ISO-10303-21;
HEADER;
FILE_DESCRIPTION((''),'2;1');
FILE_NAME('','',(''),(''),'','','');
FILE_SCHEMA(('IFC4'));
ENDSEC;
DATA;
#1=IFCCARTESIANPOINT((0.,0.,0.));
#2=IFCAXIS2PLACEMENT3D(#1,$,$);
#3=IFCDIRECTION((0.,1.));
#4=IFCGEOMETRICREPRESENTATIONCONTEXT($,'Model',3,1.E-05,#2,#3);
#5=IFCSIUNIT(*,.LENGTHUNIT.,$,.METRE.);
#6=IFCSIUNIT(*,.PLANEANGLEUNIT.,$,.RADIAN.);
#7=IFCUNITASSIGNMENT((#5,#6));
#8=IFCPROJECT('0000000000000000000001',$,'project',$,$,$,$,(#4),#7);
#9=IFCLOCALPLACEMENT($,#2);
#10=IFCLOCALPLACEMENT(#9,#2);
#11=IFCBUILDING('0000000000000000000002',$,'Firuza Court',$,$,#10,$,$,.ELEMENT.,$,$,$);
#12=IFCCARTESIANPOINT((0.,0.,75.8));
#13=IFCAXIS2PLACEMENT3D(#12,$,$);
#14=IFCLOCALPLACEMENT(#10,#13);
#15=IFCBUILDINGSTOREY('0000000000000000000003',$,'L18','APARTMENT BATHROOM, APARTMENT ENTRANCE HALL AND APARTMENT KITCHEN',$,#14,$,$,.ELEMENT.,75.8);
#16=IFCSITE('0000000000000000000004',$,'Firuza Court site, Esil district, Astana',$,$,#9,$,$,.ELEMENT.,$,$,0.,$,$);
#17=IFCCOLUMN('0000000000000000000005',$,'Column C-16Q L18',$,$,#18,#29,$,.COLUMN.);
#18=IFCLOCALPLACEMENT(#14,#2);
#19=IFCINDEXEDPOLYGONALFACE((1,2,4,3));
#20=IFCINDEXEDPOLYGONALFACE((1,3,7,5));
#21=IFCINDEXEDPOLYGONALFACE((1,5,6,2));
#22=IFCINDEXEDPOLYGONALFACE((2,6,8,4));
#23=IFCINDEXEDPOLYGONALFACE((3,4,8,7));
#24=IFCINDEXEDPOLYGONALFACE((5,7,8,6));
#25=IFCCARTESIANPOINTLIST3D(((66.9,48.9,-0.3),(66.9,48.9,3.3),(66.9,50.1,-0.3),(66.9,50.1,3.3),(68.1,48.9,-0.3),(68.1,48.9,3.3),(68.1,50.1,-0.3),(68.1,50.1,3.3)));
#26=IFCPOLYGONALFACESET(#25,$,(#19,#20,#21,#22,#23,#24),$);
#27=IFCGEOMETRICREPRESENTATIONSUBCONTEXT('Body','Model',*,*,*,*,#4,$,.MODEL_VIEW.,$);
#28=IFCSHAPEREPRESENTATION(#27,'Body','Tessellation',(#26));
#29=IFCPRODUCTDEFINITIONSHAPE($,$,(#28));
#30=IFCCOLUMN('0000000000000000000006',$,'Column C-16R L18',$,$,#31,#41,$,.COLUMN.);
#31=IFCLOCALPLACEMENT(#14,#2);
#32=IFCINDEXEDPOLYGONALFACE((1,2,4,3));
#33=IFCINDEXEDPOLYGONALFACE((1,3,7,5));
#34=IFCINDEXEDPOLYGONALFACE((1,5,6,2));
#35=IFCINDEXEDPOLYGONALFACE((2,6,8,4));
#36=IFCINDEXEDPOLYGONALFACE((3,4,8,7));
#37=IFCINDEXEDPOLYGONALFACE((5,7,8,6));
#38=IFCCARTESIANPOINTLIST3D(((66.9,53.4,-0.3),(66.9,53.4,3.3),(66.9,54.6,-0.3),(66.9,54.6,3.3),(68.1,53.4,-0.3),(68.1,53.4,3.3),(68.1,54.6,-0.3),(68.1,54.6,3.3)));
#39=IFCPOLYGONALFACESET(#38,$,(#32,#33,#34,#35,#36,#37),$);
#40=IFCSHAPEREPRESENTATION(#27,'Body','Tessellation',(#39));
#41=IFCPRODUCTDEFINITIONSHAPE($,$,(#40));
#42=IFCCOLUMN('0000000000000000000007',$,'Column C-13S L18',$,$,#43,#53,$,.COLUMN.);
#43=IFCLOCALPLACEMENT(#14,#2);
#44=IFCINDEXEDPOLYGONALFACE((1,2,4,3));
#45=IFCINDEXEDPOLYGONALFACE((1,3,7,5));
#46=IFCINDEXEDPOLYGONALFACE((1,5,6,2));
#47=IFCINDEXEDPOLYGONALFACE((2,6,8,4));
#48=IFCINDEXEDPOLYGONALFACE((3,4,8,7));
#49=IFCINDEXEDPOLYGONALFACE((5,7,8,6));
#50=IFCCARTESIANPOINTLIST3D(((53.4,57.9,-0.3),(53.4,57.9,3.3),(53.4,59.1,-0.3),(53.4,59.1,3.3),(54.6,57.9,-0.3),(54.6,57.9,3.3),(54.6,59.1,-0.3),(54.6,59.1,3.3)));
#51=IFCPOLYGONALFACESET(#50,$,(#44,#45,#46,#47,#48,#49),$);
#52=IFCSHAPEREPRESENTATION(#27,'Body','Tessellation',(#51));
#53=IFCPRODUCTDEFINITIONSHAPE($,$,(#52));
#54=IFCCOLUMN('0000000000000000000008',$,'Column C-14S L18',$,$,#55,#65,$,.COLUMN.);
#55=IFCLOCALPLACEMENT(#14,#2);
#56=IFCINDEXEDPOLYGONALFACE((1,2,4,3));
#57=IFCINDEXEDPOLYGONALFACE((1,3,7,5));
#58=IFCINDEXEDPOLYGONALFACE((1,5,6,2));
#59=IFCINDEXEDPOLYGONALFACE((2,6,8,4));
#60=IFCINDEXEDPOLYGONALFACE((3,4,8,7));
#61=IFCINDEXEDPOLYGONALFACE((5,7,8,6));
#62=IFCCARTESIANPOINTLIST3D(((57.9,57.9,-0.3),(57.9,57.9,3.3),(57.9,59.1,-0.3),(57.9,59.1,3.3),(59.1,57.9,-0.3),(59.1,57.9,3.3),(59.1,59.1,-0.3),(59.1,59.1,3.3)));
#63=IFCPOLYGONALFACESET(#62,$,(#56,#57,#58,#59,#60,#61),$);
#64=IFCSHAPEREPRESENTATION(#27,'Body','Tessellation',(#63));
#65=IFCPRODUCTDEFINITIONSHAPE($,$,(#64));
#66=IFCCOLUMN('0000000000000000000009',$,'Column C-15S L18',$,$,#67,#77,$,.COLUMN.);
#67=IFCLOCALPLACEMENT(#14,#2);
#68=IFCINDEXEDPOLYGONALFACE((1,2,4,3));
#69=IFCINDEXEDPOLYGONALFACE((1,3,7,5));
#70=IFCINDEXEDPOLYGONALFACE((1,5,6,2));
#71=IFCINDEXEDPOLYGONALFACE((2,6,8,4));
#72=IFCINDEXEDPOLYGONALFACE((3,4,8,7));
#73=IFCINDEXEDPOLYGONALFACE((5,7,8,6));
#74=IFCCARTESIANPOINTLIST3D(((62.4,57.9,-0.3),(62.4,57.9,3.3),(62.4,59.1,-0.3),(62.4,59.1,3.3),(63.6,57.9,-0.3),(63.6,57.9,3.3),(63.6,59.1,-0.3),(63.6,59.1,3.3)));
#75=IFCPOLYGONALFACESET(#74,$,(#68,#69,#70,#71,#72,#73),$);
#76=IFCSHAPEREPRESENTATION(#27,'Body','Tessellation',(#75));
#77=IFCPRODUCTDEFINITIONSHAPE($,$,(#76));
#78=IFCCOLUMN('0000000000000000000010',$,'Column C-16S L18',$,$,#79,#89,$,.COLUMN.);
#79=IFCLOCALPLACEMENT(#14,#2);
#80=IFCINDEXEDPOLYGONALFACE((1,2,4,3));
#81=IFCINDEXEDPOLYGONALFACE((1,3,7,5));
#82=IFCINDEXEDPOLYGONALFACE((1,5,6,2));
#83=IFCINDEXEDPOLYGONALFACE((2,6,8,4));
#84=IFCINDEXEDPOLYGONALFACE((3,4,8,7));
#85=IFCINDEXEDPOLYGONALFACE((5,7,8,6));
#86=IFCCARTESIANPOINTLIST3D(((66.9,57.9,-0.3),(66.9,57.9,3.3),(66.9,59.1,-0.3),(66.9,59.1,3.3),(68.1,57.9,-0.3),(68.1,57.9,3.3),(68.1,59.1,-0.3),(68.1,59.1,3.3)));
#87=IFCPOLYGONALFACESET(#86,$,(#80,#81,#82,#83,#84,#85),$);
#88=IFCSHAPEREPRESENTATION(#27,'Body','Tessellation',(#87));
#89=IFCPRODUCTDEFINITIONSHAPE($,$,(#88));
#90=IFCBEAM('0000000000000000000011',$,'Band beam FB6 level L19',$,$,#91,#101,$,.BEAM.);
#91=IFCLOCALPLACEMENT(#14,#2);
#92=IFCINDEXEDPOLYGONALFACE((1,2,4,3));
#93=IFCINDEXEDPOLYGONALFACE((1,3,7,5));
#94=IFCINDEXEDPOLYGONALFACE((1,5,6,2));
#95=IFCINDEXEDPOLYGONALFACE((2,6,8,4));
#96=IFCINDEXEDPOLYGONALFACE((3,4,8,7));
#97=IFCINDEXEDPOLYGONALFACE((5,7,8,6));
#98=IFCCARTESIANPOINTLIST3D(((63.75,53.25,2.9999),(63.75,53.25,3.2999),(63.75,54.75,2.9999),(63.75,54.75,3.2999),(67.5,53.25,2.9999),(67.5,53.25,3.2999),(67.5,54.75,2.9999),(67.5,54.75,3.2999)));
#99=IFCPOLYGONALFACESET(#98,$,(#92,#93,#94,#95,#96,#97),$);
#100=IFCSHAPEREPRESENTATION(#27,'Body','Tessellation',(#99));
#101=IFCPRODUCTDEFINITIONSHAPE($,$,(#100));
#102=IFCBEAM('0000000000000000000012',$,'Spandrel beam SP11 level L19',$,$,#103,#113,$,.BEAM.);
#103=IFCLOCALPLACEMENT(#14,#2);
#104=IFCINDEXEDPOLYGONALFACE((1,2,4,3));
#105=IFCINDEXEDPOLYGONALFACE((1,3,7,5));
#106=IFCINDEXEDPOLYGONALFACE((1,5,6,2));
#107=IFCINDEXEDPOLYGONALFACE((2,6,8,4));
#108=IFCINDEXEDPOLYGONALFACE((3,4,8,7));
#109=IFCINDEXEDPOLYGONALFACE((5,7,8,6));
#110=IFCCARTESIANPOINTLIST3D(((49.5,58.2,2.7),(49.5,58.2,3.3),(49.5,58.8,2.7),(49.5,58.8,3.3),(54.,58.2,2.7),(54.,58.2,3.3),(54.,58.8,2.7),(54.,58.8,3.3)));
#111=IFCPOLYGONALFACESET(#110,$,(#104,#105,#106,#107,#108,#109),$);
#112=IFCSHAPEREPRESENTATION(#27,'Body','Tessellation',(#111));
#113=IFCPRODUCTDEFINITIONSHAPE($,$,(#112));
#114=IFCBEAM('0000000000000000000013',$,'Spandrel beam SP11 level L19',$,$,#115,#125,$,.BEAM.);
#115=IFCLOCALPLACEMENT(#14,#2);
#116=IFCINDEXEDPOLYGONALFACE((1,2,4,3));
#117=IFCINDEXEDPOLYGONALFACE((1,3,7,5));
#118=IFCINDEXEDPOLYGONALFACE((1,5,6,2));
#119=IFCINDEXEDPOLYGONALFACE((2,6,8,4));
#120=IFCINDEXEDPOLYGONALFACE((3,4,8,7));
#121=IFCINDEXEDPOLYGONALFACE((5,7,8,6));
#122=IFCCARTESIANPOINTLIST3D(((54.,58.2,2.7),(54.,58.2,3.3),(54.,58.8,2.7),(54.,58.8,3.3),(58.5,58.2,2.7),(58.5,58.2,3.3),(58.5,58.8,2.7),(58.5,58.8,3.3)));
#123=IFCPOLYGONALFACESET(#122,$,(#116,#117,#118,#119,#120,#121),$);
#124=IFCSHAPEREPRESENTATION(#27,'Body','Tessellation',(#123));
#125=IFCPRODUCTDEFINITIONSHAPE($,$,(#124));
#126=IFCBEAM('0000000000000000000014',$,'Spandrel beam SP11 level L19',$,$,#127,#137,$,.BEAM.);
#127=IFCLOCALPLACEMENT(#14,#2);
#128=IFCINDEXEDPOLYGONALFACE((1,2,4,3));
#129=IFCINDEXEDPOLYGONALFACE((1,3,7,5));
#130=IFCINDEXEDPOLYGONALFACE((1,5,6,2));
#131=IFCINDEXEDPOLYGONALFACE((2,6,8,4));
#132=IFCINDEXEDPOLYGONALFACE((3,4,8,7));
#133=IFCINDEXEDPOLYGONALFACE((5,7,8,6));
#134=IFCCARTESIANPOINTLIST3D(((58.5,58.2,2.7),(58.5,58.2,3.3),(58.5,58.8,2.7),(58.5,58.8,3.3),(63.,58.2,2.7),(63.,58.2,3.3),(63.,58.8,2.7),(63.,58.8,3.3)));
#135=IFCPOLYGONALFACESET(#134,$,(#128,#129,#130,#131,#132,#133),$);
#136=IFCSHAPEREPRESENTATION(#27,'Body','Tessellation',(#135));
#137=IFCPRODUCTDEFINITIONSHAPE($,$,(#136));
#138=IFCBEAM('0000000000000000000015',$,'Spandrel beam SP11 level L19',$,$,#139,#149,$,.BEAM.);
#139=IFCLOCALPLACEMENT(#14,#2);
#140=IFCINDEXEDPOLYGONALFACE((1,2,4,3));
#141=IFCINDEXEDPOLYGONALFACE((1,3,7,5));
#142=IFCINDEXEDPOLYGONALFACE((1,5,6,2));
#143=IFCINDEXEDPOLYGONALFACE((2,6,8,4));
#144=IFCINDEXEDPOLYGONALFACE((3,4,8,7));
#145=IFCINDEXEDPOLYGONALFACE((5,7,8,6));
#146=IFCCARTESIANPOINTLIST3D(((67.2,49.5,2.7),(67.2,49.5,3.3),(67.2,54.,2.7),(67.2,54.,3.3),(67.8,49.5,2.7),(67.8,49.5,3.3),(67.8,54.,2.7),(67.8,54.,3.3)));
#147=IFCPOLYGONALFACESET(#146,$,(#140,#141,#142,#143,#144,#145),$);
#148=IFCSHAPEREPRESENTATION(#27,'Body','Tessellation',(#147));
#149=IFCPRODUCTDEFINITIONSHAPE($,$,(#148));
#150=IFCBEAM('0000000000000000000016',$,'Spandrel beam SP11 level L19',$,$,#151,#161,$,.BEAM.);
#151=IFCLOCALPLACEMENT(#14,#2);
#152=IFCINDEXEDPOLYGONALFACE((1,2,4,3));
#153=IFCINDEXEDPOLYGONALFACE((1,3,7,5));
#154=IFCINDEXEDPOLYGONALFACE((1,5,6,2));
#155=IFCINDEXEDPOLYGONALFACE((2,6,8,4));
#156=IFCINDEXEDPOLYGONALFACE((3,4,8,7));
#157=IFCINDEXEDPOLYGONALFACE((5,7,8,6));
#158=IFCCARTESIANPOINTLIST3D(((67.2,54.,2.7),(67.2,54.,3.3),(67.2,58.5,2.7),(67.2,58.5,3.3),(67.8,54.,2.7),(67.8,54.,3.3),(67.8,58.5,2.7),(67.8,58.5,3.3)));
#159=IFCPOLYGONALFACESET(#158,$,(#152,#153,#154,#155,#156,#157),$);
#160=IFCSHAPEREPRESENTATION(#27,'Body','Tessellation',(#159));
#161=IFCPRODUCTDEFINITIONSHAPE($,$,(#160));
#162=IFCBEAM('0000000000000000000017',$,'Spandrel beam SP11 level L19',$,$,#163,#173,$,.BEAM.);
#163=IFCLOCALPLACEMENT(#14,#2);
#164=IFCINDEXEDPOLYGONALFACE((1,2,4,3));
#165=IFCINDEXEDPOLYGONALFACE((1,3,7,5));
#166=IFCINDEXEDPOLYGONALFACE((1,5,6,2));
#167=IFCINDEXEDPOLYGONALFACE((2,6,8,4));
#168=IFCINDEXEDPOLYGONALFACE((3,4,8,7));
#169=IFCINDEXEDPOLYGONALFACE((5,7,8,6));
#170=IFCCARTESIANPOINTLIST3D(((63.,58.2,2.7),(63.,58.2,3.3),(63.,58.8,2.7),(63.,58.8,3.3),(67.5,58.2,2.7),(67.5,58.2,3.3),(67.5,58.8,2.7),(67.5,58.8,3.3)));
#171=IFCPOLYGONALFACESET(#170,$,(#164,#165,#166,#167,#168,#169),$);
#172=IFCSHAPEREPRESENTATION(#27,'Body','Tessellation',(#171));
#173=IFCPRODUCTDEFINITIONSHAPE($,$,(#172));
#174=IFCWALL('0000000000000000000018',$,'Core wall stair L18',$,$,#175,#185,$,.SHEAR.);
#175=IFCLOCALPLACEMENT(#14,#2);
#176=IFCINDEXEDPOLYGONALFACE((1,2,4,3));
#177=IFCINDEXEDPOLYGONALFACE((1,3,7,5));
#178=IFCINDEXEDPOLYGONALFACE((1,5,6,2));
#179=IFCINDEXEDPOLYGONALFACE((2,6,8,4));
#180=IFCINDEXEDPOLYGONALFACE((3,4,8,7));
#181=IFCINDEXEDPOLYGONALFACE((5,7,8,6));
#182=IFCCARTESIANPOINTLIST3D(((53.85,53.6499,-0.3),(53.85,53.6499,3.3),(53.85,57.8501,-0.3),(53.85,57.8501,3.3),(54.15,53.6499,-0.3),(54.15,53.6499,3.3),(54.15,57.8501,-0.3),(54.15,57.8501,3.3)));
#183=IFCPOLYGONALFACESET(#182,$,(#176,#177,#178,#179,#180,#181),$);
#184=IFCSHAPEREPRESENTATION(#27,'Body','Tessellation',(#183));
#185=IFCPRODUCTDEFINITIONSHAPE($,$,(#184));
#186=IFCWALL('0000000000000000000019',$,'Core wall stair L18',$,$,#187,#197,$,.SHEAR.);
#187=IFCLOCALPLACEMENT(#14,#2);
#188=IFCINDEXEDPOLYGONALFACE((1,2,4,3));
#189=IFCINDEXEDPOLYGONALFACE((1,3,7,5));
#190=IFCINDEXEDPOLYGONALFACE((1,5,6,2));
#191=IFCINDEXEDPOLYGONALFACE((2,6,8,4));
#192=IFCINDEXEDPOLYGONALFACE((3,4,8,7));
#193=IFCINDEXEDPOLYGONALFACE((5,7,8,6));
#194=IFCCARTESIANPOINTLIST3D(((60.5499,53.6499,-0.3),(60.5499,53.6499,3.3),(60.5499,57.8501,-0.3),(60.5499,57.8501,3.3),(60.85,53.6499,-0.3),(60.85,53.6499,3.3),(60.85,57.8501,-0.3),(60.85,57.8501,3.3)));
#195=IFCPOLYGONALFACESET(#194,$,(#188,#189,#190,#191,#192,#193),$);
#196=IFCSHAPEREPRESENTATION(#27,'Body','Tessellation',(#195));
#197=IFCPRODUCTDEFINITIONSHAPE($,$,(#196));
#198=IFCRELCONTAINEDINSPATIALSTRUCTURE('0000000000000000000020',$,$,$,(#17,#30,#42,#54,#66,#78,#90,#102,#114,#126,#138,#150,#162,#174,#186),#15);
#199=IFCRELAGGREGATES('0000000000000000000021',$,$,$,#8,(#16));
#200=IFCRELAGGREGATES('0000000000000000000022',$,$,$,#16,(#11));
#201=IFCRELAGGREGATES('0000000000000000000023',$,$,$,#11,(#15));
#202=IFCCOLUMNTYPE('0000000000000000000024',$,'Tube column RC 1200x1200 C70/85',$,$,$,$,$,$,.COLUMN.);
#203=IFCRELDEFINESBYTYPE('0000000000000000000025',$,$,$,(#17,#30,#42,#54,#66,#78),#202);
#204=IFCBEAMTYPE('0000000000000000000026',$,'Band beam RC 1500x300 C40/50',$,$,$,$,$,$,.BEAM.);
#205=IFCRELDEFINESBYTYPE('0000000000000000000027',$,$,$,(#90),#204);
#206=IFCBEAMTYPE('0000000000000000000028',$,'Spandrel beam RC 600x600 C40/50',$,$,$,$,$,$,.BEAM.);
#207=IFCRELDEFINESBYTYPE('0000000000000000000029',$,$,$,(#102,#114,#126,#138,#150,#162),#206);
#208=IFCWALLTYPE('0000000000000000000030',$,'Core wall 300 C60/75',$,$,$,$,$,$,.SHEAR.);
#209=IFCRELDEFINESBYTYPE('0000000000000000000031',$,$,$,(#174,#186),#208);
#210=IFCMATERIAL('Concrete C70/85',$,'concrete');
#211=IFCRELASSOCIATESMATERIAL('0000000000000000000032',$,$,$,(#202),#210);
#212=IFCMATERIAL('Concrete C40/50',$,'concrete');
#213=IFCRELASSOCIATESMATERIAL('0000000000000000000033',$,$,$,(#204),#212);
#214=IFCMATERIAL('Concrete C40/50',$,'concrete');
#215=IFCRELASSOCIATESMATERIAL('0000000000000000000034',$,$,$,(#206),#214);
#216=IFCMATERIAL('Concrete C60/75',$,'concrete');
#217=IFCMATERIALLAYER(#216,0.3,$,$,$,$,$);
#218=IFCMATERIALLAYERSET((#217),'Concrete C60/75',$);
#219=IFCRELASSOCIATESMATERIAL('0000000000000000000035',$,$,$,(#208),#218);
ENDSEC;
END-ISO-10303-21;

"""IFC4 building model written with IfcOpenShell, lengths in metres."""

from ifc_helpers import new_model, si_unit, direction, frame, frame_2d, origin, origin_2d, place, context, subcontext, project, spatial, rectangle, extrude, material, layer, layer_set, material_profile, profile_set, type_object, element, save


model = new_model("IFC4")

# Units and contexts
model_context = context("Model", 3, precision=1e-05, world=origin(), true_north=direction((0.0, 1.0)))
body_context = subcontext(model_context, "Body", "Model", "MODEL_VIEW")
ifc_project = project(units=[si_unit("LENGTHUNIT", "METRE"), si_unit("PLANEANGLEUNIT", "RADIAN")], contexts=[model_context])

# Site, building, storey
site_placement = place(None, origin())
site = spatial("IfcSite", under=ifc_project, at=site_placement, Name="Firuza Court site, Esil district, Astana", CompositionType="ELEMENT", RefElevation=0.0)
building_placement = place(site_placement, origin())
building = spatial("IfcBuilding", under=site, at=building_placement, Name="Firuza Court", CompositionType="ELEMENT")
storey_placement = place(building_placement, frame((0.0, 0.0, 75.8)))
storey = spatial("IfcBuildingStorey", under=building, at=storey_placement, Name="L18", Description="APARTMENT BATHROOM, APARTMENT ENTRANCE HALL AND APARTMENT KITCHEN", CompositionType="ELEMENT", Elevation=75.8)

# Columns
ifc_material_1 = material(Name="Concrete C70/85", Category="concrete")
ifc_material_profile_1 = material_profile(ifc_material_1, rectangle(XDim=1.2, YDim=1.2, at=origin_2d()), Name="RC 1200x1200")
ifc_profile_set_1 = profile_set([ifc_material_profile_1], Name="Concrete C70/85")
column_type = type_object("IfcColumnType", Name="Tube column RC 1200x1200 C70/85", PredefinedType="COLUMN", material=ifc_profile_set_1)
for number, where, z_axis, x_axis, name in (
    (1, (67.5, 49.5, -0.3), (0.0, 0.0, 1.0), (1.0, 0.0, 0.0), "Column C-16Q L18"),
    (2, (67.5, 54.0, -0.3), (0.0, 0.0, 1.0), (1.0, 0.0, 0.0), "Column C-16R L18"),
    (3, (54.0, 58.5, -0.3), (0.0, 0.0, 1.0), (1.0, 0.0, 0.0), "Column C-13S L18"),
    (4, (58.5, 58.5, -0.3), (0.0, 0.0, 1.0), (1.0, 0.0, 0.0), "Column C-14S L18"),
    (5, (63.0, 58.5, -0.3), (0.0, 0.0, 1.0), (1.0, 0.0, 0.0), "Column C-15S L18"),
    (6, (67.5, 58.5, -0.3), (0.0, 0.0, 1.0), (1.0, 0.0, 0.0), "Column C-16S L18"),
):
    element("IfcColumn", number, at=place(storey_placement, frame(where, z_axis=z_axis, x_axis=x_axis)), inside=storey, type_object=column_type, Name=name, PredefinedType="COLUMN", context=body_context, shape_type="SweptSolid", body=[
        extrude(rectangle(XDim=1.2, YDim=1.2, at=origin_2d()), origin(), (0.0, 0.0, 1.0), 3.6001),
    ])

# Beams
ifc_material_2 = material(Name="Concrete C40/50", Category="concrete")
ifc_material_profile_2 = material_profile(ifc_material_2, rectangle(XDim=1.5, YDim=0.3, at=origin_2d()), Name="RC 1500x300")
ifc_profile_set_2 = profile_set([ifc_material_profile_2], Name="Concrete C40/50")
beam_type_1 = type_object("IfcBeamType", Name="Band beam RC 1500x300 C40/50", PredefinedType="BEAM", material=ifc_profile_set_2)
beam_placement = place(storey_placement, frame((67.5, 54.0, 3.1499), z_axis=(-1.0, 0.0, 0.0), x_axis=(0.0, -1.0, 0.0)))
element("IfcBeam", 7, at=beam_placement, inside=storey, type_object=beam_type_1, Name="Band beam FB6 level L19", PredefinedType="BEAM", context=body_context, shape_type="SweptSolid", body=[
    extrude(rectangle(XDim=1.5, YDim=0.3, at=origin_2d()), origin(), (0.0, 0.0, 1.0), 3.75),
])
ifc_material_3 = material(Name="Concrete C40/50", Category="concrete")
ifc_material_profile_3 = material_profile(ifc_material_3, rectangle(XDim=0.6001, YDim=0.6001, at=origin_2d()), Name="RC 600x600")
ifc_profile_set_3 = profile_set([ifc_material_profile_3], Name="Concrete C40/50")
beam_type_2 = type_object("IfcBeamType", Name="Spandrel beam RC 600x600 C40/50", PredefinedType="BEAM", material=ifc_profile_set_3)
for number, where, z_axis, x_axis, name in (
    (8, (54.0, 58.5, 3.0), (-1.0, 0.0, 0.0), (0.0, -1.0, 0.0), "Spandrel beam SP11 level L19"),
    (9, (58.5, 58.5, 3.0), (-1.0, 0.0, 0.0), (0.0, -1.0, 0.0), "Spandrel beam SP11 level L19"),
    (10, (63.0, 58.5, 3.0), (-1.0, 0.0, 0.0), (0.0, -1.0, 0.0), "Spandrel beam SP11 level L19"),
    (11, (67.5, 49.5, 3.0), (0.0, 1.0, 0.0), (-1.0, 0.0, 0.0), "Spandrel beam SP11 level L19"),
    (12, (67.5, 54.0, 3.0), (0.0, 1.0, 0.0), (-1.0, 0.0, 0.0), "Spandrel beam SP11 level L19"),
    (13, (67.5, 58.5, 3.0), (-1.0, 0.0, 0.0), (0.0, -1.0, 0.0), "Spandrel beam SP11 level L19"),
):
    element("IfcBeam", number, at=place(storey_placement, frame(where, z_axis=z_axis, x_axis=x_axis)), inside=storey, type_object=beam_type_2, Name=name, PredefinedType="BEAM", context=body_context, shape_type="SweptSolid", body=[
        extrude(rectangle(XDim=0.6001, YDim=0.6001, at=origin_2d()), origin(), (0.0, 0.0, 1.0), 4.5),
    ])

# Walls
ifc_material_4 = material(Name="Concrete C60/75", Category="concrete")
ifc_layer_1 = layer(ifc_material_4, 0.3)
ifc_layer_set_1 = layer_set([ifc_layer_1], Name="Concrete C60/75")
wall_type_1 = type_object("IfcWallType", Name="Core wall 300 C60/75", PredefinedType="SHEAR", material=ifc_layer_set_1)
for number, where, z_axis, x_axis, name in (
    (14, (54.0, 53.6499, -0.3), (0.0, 0.0, 1.0), (0.0, 1.0, 0.0), "Core wall stair L18"),
    (15, (60.7, 53.6499, -0.3), (0.0, 0.0, 1.0), (0.0, 1.0, 0.0), "Core wall stair L18"),
):
    element("IfcWall", number, at=place(storey_placement, frame(where, z_axis=z_axis, x_axis=x_axis)), inside=storey, type_object=wall_type_1, Name=name, PredefinedType="SHEAR", context=body_context, shape_type="SweptSolid", body=[
        extrude(rectangle(XDim=4.2002, YDim=0.3, at=frame_2d((2.1001, 0.0))), origin(), (0.0, 0.0, 1.0), 3.6001),
    ])

save(model, "model.ifc")
